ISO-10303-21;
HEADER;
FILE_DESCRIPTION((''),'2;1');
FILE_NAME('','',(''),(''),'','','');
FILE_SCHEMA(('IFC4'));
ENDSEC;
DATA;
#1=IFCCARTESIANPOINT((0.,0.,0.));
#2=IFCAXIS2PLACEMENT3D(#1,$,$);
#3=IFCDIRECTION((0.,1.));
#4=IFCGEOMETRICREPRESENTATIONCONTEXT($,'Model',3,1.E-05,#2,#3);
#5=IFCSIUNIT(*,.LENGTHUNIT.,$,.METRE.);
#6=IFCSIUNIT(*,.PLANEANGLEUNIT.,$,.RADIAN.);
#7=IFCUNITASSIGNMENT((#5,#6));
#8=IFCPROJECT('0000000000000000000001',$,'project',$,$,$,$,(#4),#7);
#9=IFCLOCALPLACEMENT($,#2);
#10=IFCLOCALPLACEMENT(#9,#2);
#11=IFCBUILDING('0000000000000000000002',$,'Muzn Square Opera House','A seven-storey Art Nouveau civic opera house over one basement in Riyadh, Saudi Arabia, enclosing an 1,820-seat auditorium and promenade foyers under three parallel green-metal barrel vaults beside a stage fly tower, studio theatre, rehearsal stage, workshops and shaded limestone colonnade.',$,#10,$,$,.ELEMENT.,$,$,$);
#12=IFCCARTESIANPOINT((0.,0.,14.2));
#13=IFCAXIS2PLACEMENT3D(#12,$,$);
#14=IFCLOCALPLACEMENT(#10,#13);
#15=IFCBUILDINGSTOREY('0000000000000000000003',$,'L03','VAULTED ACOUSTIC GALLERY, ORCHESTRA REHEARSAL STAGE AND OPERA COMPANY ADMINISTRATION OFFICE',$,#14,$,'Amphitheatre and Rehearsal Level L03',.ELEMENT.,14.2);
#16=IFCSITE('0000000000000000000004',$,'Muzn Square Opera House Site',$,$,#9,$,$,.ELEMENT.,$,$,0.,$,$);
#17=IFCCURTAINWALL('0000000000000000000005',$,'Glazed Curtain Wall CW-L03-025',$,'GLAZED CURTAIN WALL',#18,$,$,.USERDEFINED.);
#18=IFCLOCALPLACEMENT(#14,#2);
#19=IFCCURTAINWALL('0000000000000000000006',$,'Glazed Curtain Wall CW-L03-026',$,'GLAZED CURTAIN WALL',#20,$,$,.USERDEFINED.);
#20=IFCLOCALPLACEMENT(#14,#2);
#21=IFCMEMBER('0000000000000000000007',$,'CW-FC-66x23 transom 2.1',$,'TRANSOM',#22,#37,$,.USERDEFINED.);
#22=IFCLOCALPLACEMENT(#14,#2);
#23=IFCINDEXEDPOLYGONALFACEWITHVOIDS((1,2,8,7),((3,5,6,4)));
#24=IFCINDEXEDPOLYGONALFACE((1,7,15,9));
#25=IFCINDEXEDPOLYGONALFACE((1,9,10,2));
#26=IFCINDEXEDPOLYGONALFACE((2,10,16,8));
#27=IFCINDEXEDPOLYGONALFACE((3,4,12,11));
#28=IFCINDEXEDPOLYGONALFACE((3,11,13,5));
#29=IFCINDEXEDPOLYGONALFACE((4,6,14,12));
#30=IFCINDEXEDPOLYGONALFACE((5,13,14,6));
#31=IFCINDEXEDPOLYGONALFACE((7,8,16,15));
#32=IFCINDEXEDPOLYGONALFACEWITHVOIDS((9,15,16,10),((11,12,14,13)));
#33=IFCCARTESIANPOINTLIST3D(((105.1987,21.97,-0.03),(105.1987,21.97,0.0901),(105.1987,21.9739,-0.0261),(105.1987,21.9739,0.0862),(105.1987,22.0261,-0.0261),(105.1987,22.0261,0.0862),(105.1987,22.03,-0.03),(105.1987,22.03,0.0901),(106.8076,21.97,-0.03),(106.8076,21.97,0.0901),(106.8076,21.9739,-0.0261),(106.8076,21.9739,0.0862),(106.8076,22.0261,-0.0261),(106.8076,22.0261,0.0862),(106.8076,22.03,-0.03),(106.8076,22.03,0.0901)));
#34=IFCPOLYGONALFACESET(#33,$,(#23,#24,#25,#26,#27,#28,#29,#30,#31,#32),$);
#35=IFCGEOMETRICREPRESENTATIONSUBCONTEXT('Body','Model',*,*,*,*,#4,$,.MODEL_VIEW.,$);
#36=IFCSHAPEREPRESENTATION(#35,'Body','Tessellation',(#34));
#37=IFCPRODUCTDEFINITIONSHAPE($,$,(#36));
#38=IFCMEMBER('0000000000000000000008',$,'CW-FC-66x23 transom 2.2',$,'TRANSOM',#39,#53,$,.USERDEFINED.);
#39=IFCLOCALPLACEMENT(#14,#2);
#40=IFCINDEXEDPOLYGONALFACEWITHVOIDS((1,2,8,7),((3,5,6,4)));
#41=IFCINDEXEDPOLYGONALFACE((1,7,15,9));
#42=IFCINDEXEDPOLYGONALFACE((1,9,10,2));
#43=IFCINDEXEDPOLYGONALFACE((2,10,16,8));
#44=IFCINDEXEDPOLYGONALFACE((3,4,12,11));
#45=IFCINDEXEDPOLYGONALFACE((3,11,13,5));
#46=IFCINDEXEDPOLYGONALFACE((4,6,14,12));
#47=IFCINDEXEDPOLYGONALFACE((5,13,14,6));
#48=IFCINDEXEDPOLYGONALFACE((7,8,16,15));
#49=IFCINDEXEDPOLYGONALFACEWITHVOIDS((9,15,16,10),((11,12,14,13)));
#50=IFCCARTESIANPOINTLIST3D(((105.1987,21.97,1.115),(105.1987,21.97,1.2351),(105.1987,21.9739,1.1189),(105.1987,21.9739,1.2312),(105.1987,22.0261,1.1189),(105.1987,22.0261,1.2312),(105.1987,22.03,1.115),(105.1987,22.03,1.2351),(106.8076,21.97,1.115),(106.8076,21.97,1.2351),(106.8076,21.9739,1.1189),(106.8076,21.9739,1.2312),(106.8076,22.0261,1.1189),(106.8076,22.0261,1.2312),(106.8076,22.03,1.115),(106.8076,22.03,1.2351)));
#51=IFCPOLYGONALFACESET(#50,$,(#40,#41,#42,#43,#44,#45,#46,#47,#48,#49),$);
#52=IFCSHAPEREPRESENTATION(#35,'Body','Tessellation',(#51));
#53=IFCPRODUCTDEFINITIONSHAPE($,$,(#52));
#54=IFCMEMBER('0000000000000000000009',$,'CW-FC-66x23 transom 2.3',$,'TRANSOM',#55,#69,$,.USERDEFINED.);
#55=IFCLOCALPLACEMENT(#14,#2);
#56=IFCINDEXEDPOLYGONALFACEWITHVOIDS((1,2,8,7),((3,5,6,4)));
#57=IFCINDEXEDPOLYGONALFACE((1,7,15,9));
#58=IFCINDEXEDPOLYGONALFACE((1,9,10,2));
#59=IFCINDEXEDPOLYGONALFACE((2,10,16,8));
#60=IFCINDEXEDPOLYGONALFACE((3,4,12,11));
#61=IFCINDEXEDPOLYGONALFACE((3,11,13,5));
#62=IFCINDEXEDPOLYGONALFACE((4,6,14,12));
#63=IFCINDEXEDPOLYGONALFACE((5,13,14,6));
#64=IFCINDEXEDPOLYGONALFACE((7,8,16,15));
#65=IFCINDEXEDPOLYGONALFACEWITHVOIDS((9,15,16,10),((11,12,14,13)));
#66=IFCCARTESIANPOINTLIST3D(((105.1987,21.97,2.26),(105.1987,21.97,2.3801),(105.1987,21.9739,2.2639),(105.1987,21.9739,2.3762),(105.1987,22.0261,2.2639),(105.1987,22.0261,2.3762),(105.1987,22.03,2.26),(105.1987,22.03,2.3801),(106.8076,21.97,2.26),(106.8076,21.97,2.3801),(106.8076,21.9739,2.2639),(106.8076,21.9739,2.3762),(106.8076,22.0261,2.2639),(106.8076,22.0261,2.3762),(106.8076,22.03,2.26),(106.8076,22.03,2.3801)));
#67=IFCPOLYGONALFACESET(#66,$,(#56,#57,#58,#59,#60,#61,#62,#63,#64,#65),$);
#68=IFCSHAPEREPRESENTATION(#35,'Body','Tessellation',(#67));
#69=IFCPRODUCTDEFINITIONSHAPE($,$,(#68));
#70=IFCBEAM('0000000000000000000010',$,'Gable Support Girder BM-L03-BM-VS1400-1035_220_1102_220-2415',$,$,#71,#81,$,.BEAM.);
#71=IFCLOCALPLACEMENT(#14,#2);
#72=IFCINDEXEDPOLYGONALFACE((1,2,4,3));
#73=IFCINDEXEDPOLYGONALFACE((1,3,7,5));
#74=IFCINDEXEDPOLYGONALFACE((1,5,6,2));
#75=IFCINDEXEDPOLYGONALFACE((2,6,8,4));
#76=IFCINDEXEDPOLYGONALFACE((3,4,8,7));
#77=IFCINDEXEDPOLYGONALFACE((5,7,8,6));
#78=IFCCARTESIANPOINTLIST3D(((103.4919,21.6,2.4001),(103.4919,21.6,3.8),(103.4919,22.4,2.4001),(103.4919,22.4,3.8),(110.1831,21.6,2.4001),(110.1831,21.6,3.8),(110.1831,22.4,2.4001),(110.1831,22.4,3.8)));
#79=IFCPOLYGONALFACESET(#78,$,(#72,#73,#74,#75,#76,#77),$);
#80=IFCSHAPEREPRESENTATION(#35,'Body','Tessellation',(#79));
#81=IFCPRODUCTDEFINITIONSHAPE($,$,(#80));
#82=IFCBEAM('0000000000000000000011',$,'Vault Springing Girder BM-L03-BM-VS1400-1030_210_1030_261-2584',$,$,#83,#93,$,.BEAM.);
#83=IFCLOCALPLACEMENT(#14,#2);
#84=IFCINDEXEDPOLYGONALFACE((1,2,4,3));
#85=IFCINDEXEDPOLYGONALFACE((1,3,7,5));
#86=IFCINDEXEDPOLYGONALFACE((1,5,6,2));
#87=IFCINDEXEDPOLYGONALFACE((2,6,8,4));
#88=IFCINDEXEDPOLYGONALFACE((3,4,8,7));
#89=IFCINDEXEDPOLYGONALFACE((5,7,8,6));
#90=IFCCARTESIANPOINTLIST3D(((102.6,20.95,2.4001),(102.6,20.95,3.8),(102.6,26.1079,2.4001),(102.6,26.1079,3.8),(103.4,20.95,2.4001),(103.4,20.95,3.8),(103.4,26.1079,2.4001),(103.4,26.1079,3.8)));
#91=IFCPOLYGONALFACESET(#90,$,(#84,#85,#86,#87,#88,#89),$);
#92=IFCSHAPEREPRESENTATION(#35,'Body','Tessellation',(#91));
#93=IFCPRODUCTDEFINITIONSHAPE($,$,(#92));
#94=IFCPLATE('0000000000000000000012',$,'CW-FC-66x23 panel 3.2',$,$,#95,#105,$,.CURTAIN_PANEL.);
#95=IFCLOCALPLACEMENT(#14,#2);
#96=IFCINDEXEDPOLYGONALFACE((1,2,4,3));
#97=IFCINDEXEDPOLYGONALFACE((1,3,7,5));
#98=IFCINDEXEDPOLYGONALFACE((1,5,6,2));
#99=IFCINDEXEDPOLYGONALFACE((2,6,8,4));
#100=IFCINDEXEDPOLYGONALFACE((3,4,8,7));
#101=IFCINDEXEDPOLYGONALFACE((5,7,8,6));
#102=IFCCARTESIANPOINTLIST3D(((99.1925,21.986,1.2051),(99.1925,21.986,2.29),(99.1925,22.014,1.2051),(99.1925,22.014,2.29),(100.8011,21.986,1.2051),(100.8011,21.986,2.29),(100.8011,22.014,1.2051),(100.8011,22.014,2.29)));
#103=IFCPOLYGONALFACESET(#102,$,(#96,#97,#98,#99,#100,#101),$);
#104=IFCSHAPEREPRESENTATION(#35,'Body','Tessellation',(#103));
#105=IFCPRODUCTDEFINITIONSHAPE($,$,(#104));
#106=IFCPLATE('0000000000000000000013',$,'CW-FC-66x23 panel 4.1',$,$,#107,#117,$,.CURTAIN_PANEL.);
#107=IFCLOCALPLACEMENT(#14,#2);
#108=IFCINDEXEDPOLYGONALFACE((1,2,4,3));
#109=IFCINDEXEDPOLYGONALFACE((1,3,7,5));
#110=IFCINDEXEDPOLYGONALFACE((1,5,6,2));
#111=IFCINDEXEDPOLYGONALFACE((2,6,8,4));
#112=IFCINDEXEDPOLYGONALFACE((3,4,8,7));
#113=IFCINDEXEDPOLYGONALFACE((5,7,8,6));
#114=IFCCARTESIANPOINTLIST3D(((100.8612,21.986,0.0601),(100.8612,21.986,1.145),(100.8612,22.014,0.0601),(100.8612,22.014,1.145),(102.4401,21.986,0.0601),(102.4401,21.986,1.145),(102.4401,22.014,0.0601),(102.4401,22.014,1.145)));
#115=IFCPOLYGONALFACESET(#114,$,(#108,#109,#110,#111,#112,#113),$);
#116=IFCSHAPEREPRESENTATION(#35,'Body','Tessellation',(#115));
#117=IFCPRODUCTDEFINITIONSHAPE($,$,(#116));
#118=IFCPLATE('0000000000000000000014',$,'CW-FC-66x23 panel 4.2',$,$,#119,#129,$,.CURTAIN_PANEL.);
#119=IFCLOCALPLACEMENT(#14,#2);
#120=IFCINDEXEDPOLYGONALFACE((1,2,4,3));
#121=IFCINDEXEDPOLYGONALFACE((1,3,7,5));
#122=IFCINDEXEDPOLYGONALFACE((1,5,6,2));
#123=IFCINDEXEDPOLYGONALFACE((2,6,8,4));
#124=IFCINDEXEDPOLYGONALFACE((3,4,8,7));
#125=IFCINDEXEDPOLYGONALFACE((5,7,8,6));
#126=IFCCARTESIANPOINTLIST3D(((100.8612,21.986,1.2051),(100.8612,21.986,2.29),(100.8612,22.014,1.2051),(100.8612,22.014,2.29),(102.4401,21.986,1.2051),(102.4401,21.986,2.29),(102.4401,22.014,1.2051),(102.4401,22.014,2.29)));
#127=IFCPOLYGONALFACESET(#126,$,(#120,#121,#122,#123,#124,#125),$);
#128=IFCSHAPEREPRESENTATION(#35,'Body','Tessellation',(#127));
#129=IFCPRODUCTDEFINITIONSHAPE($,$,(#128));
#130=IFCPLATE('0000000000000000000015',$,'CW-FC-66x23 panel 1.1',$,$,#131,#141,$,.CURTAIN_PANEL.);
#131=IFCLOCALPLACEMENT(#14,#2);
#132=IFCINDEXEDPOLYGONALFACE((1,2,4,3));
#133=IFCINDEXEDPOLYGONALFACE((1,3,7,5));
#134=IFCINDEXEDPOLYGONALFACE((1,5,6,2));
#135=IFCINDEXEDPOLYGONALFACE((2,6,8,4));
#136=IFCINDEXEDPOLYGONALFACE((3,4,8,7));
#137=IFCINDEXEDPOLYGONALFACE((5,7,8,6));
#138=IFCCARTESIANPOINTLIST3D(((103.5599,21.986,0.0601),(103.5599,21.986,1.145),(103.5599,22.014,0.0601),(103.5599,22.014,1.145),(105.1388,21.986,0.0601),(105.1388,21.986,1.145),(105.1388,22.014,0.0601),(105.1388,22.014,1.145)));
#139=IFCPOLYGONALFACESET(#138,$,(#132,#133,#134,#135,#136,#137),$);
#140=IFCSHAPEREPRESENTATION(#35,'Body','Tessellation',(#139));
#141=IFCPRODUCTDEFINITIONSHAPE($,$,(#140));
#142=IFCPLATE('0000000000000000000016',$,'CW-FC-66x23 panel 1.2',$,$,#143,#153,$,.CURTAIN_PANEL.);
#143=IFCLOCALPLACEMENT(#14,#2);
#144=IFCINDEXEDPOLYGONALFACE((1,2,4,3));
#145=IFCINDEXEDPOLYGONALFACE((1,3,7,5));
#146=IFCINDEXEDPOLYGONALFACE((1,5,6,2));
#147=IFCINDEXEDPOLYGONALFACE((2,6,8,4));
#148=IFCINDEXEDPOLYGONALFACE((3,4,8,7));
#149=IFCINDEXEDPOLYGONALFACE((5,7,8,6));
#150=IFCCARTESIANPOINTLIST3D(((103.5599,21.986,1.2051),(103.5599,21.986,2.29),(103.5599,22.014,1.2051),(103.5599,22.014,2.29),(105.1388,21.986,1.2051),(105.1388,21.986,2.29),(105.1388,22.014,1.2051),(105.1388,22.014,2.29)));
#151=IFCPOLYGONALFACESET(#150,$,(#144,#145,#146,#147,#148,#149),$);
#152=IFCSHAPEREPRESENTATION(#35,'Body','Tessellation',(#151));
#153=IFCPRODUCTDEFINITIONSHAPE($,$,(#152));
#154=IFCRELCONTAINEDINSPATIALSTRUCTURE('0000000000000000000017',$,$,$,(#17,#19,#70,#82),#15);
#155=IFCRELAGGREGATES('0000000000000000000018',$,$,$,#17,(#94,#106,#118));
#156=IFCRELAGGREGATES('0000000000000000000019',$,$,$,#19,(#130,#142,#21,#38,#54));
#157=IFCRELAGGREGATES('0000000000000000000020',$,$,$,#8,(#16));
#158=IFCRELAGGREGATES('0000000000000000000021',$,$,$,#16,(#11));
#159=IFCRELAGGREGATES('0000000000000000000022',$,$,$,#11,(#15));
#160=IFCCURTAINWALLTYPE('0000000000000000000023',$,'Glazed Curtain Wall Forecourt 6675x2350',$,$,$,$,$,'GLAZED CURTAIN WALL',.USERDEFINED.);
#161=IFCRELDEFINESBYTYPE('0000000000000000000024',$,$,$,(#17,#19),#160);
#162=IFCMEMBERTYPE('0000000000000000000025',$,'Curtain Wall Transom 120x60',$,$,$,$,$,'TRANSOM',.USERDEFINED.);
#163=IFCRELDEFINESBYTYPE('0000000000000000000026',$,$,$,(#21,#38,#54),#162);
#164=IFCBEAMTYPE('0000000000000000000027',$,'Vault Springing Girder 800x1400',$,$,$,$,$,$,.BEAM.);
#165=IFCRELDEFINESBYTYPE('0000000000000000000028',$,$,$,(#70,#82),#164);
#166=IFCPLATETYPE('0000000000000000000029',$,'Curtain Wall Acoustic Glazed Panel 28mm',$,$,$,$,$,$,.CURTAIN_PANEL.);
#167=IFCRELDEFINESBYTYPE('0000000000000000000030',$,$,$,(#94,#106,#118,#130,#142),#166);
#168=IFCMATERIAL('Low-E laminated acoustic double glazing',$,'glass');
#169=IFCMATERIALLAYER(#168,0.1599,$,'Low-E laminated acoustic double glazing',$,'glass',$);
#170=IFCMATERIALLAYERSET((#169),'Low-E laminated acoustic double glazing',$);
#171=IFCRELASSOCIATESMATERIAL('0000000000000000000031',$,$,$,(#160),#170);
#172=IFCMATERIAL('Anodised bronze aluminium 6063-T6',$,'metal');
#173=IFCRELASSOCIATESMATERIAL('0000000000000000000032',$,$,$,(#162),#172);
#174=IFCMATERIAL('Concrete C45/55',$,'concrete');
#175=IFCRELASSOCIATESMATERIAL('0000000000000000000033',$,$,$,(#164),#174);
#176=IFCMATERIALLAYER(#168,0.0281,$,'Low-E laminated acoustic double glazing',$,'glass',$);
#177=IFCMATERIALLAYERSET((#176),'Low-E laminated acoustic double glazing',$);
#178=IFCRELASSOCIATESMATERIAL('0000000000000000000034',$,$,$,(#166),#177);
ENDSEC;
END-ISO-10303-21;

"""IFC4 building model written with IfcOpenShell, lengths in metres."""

from ifc_helpers import new_model, si_unit, direction, frame, origin, origin_2d, place, context, subcontext, project, spatial, rectangle, hollow_rectangle, extrude, material, layer, layer_set, material_profile, profile_set, type_object, element, aggregate, save


model = new_model("IFC4")

# Units and contexts
model_context = context("Model", 3, precision=1e-05, world=origin(), true_north=direction((0.0, 1.0)))
body_context = subcontext(model_context, "Body", "Model", "MODEL_VIEW")
ifc_project = project(units=[si_unit("LENGTHUNIT", "METRE"), si_unit("PLANEANGLEUNIT", "RADIAN")], contexts=[model_context])

# Site, building, storey
site_placement = place(None, origin())
site = spatial("IfcSite", under=ifc_project, at=site_placement, Name="Muzn Square Opera House Site", CompositionType="ELEMENT", RefElevation=0.0)
building_placement = place(site_placement, origin())
building = spatial("IfcBuilding", under=site, at=building_placement, Name="Muzn Square Opera House", Description="A seven-storey Art Nouveau civic opera house over one basement in Riyadh, Saudi Arabia, enclosing an 1,820-seat auditorium and promenade foyers under three parallel green-metal barrel vaults beside a stage fly tower, studio theatre, rehearsal stage, workshops and shaded limestone colonnade.", CompositionType="ELEMENT")
storey_placement = place(building_placement, frame((0.0, 0.0, 14.2)))
storey = spatial("IfcBuildingStorey", under=building, at=storey_placement, Name="L03", Description="VAULTED ACOUSTIC GALLERY, ORCHESTRA REHEARSAL STAGE AND OPERA COMPANY ADMINISTRATION OFFICE", LongName="Amphitheatre and Rehearsal Level L03", CompositionType="ELEMENT", Elevation=14.2)

# Shared definitions
ifc_material_1 = material(Name="Concrete C45/55", Category="concrete")

# Curtain walls
ifc_material_2 = material(Name="Low-E laminated acoustic double glazing", Category="glass")
ifc_layer_1 = layer(ifc_material_2, 0.1599, Name="Low-E laminated acoustic double glazing", Category="glass")
ifc_layer_set_1 = layer_set([ifc_layer_1], Name="Low-E laminated acoustic double glazing")
curtain_wall_type = type_object("IfcCurtainWallType", Name="Glazed Curtain Wall Forecourt 6675x2350", ElementType="GLAZED CURTAIN WALL", PredefinedType="USERDEFINED", material=ifc_layer_set_1)
curtain_wall_1_placement = place(storey_placement, origin())
curtain_wall_1 = element("IfcCurtainWall", 1, at=curtain_wall_1_placement, inside=storey, type_object=curtain_wall_type, Name="Glazed Curtain Wall CW-L03-025", ObjectType="GLAZED CURTAIN WALL", PredefinedType="USERDEFINED")
ifc_material_3 = material(Name="Anodised bronze aluminium 6063-T6", Category="metal")
curtain_wall_2_placement = place(storey_placement, origin())
curtain_wall_2 = element("IfcCurtainWall", 2, at=curtain_wall_2_placement, inside=storey, type_object=curtain_wall_type, Name="Glazed Curtain Wall CW-L03-026", ObjectType="GLAZED CURTAIN WALL", PredefinedType="USERDEFINED")

# Members
ifc_material_profile_1 = material_profile(ifc_material_3, hollow_rectangle(XDim=0.0601, YDim=0.1201, WallThickness=0.0039, at=origin_2d()), Name="ALU 120x60x4", Category="metal")
ifc_profile_set_1 = profile_set([ifc_material_profile_1], Name="Anodised bronze aluminium 6063-T6")
member_type_1 = type_object("IfcMemberType", Name="Curtain Wall Transom 120x60", ElementType="TRANSOM", PredefinedType="USERDEFINED", material=ifc_profile_set_1)
member_1_placement = place(storey_placement, frame((105.1987, 22.0, 0.03), z_axis=(1.0, 0.0, 0.0), x_axis=(0.0, 1.0, 0.0)))
member_1 = element("IfcMember", 3, at=member_1_placement, type_object=member_type_1, Name="CW-FC-66x23 transom 2.1", ObjectType="TRANSOM", PredefinedType="USERDEFINED", context=body_context, shape_type="SweptSolid", body=[
    extrude(hollow_rectangle(XDim=0.0601, YDim=0.1201, WallThickness=0.0039, at=origin_2d()), origin(), (0.0, 0.0, 1.0), 1.6089),
])
member_2_placement = place(storey_placement, frame((105.1987, 22.0, 1.175), z_axis=(1.0, 0.0, 0.0), x_axis=(0.0, 1.0, 0.0)))
member_2 = element("IfcMember", 4, at=member_2_placement, type_object=member_type_1, Name="CW-FC-66x23 transom 2.2", ObjectType="TRANSOM", PredefinedType="USERDEFINED", context=body_context, shape_type="SweptSolid", body=[
    extrude(hollow_rectangle(XDim=0.0601, YDim=0.1201, WallThickness=0.0039, at=origin_2d()), origin(), (0.0, 0.0, 1.0), 1.6089),
])
member_3_placement = place(storey_placement, frame((105.1987, 22.0, 2.3201), z_axis=(1.0, 0.0, 0.0), x_axis=(0.0, 1.0, 0.0)))
member_3 = element("IfcMember", 5, at=member_3_placement, type_object=member_type_1, Name="CW-FC-66x23 transom 2.3", ObjectType="TRANSOM", PredefinedType="USERDEFINED", context=body_context, shape_type="SweptSolid", body=[
    extrude(hollow_rectangle(XDim=0.0601, YDim=0.1201, WallThickness=0.0039, at=origin_2d()), origin(), (0.0, 0.0, 1.0), 1.6089),
])

# Beams
ifc_material_profile_2 = material_profile(ifc_material_1, rectangle(XDim=0.8, YDim=1.3999, at=origin_2d()), Name="RCB 800x1400", Category="concrete")
ifc_profile_set_2 = profile_set([ifc_material_profile_2], Name="Concrete C45/55")
beam_type = type_object("IfcBeamType", Name="Vault Springing Girder 800x1400", PredefinedType="BEAM", material=ifc_profile_set_2)
beam_1_placement = place(storey_placement, frame((103.4919, 22.0, 3.1001), z_axis=(1.0, 0.0, 0.0), x_axis=(0.0, 1.0, 0.0)))
element("IfcBeam", 6, at=beam_1_placement, inside=storey, type_object=beam_type, Name="Gable Support Girder BM-L03-BM-VS1400-1035_220_1102_220-2415", PredefinedType="BEAM", context=body_context, shape_type="SweptSolid", body=[
    extrude(rectangle(XDim=0.8, YDim=1.3999, at=origin_2d()), origin(), (0.0, 0.0, 1.0), 6.6912),
])
beam_2_placement = place(storey_placement, frame((103.0, 20.95, 3.1001), z_axis=(0.0, 1.0, 0.0), x_axis=(-1.0, 0.0, 0.0)))
element("IfcBeam", 7, at=beam_2_placement, inside=storey, type_object=beam_type, Name="Vault Springing Girder BM-L03-BM-VS1400-1030_210_1030_261-2584", PredefinedType="BEAM", context=body_context, shape_type="SweptSolid", body=[
    extrude(rectangle(XDim=0.8, YDim=1.3999, at=origin_2d()), origin(), (0.0, 0.0, 1.0), 5.158),
])

# Plates
ifc_layer_2 = layer(ifc_material_2, 0.0281, Name="Low-E laminated acoustic double glazing", Category="glass")
ifc_layer_set_2 = layer_set([ifc_layer_2], Name="Low-E laminated acoustic double glazing")
plate_type = type_object("IfcPlateType", Name="Curtain Wall Acoustic Glazed Panel 28mm", PredefinedType="CURTAIN_PANEL", material=ifc_layer_set_2)
plate_1_placement = place(storey_placement, frame((99.9968, 22.0, 1.2051), z_axis=(0.0, 0.0, 1.0), x_axis=(1.0, 0.0, 0.0)))
plate_1 = element("IfcPlate", 8, at=plate_1_placement, type_object=plate_type, Name="CW-FC-66x23 panel 3.2", PredefinedType="CURTAIN_PANEL", context=body_context, shape_type="SweptSolid", body=[
    extrude(rectangle(XDim=1.6086, YDim=0.0281, at=origin_2d()), origin(), (0.0, 0.0, 1.0), 1.085),
])
plate_2_placement = place(storey_placement, frame((101.6506, 22.0, 0.0601), z_axis=(0.0, 0.0, 1.0), x_axis=(1.0, 0.0, 0.0)))
plate_2 = element("IfcPlate", 9, at=plate_2_placement, type_object=plate_type, Name="CW-FC-66x23 panel 4.1", PredefinedType="CURTAIN_PANEL", context=body_context, shape_type="SweptSolid", body=[
    extrude(rectangle(XDim=1.5789, YDim=0.0281, at=origin_2d()), origin(), (0.0, 0.0, 1.0), 1.085),
])
plate_3_placement = place(storey_placement, frame((101.6506, 22.0, 1.2051), z_axis=(0.0, 0.0, 1.0), x_axis=(1.0, 0.0, 0.0)))
plate_3 = element("IfcPlate", 10, at=plate_3_placement, type_object=plate_type, Name="CW-FC-66x23 panel 4.2", PredefinedType="CURTAIN_PANEL", context=body_context, shape_type="SweptSolid", body=[
    extrude(rectangle(XDim=1.5789, YDim=0.0281, at=origin_2d()), origin(), (0.0, 0.0, 1.0), 1.085),
])
aggregate(curtain_wall_1, [plate_1, plate_2, plate_3])
plate_4_placement = place(storey_placement, frame((104.3494, 22.0, 0.0601), z_axis=(0.0, 0.0, 1.0), x_axis=(1.0, 0.0, 0.0)))
plate_4 = element("IfcPlate", 11, at=plate_4_placement, type_object=plate_type, Name="CW-FC-66x23 panel 1.1", PredefinedType="CURTAIN_PANEL", context=body_context, shape_type="SweptSolid", body=[
    extrude(rectangle(XDim=1.5789, YDim=0.0281, at=origin_2d()), origin(), (0.0, 0.0, 1.0), 1.085),
])
plate_5_placement = place(storey_placement, frame((104.3494, 22.0, 1.2051), z_axis=(0.0, 0.0, 1.0), x_axis=(1.0, 0.0, 0.0)))
plate_5 = element("IfcPlate", 12, at=plate_5_placement, type_object=plate_type, Name="CW-FC-66x23 panel 1.2", PredefinedType="CURTAIN_PANEL", context=body_context, shape_type="SweptSolid", body=[
    extrude(rectangle(XDim=1.5789, YDim=0.0281, at=origin_2d()), origin(), (0.0, 0.0, 1.0), 1.085),
])
aggregate(curtain_wall_2, [plate_4, plate_5, member_1, member_2, member_3])

save(model, "model.ifc")
